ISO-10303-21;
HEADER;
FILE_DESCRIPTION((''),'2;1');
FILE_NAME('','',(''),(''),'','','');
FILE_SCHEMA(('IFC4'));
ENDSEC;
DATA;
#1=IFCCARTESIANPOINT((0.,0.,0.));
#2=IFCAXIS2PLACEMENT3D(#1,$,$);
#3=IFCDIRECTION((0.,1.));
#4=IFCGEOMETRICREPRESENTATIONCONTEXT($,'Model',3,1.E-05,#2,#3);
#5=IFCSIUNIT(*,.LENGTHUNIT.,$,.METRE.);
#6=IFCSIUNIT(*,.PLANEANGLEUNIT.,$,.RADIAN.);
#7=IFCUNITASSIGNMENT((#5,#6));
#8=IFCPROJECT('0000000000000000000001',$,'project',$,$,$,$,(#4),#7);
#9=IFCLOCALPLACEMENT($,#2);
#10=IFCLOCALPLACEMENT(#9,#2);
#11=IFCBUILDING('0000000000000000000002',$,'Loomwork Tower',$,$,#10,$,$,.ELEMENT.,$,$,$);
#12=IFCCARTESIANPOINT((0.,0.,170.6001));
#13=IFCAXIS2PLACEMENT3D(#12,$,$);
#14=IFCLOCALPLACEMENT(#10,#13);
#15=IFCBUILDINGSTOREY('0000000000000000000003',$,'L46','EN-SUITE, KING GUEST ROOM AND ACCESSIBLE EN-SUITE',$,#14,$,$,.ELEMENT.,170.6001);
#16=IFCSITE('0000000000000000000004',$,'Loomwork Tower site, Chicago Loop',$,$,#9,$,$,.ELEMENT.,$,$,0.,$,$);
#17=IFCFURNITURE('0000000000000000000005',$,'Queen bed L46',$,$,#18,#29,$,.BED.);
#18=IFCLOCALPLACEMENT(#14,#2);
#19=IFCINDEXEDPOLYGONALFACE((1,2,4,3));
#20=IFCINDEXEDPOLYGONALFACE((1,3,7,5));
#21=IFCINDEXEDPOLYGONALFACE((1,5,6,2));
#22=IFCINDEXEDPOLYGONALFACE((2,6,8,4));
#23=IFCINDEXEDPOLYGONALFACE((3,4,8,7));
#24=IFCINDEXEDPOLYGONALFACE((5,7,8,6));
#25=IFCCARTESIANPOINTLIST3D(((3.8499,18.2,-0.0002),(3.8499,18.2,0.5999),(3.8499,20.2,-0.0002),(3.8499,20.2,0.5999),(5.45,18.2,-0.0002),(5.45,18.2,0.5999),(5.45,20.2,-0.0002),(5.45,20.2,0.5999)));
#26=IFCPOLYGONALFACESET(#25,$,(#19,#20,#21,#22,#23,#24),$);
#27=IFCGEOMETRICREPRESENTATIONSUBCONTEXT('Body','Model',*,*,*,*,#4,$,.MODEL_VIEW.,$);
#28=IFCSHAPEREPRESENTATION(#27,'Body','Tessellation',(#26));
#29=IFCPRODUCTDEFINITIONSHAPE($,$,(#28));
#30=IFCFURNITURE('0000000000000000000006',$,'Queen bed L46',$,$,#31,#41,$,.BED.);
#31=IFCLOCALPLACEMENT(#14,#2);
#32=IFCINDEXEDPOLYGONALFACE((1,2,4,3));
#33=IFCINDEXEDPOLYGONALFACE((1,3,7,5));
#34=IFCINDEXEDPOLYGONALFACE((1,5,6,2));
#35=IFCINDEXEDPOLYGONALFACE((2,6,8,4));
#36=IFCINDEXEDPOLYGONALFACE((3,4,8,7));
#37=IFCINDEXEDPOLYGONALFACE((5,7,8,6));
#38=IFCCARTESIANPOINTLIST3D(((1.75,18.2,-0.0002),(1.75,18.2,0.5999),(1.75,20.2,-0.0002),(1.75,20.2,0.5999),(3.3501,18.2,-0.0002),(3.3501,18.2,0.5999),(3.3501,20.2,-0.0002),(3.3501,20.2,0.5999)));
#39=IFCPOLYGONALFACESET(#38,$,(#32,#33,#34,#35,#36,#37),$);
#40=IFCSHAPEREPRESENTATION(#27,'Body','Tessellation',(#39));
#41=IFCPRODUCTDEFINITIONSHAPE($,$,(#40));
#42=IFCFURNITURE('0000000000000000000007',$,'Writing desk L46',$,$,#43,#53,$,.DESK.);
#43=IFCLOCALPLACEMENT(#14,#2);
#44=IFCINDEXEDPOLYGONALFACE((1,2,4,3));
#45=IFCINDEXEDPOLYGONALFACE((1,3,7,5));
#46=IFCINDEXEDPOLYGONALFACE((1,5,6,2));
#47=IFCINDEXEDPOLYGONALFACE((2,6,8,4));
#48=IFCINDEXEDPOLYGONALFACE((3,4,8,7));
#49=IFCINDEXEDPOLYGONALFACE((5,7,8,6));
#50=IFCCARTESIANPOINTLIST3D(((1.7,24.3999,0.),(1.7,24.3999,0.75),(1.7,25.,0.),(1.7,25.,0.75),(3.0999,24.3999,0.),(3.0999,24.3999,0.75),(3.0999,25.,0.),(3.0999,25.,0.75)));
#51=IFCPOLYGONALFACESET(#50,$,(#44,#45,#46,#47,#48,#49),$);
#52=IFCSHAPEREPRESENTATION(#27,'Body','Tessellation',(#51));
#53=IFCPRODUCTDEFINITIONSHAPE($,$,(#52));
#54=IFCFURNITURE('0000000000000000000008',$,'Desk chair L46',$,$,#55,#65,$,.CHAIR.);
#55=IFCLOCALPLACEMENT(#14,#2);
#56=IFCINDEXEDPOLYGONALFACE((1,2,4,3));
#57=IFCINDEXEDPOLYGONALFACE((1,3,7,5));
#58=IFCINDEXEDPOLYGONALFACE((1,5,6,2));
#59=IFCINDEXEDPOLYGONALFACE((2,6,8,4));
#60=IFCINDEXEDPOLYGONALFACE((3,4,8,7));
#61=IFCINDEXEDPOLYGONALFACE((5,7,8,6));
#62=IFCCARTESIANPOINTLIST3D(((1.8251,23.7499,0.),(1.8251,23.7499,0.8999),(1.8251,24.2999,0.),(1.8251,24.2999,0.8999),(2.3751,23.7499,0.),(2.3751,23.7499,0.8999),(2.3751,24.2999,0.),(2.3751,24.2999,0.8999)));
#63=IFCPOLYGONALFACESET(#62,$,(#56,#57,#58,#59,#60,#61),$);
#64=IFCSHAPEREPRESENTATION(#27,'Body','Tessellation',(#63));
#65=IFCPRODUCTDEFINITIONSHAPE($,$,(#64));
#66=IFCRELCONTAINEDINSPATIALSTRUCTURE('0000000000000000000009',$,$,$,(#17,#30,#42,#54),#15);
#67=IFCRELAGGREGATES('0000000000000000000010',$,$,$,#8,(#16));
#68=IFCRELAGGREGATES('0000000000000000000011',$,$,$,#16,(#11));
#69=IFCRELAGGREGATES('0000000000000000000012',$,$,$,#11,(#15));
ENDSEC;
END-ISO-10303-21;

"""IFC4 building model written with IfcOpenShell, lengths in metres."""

from ifc_helpers import new_model, si_unit, direction, frame, origin, origin_2d, place, context, subcontext, project, spatial, rectangle, extrude, element, save


model = new_model("IFC4")

# Units and contexts
model_context = context("Model", 3, precision=1e-05, world=origin(), true_north=direction((0.0, 1.0)))
body_context = subcontext(model_context, "Body", "Model", "MODEL_VIEW")
ifc_project = project(units=[si_unit("LENGTHUNIT", "METRE"), si_unit("PLANEANGLEUNIT", "RADIAN")], contexts=[model_context])

# Site, building, storey
site_placement = place(None, origin())
site = spatial("IfcSite", under=ifc_project, at=site_placement, Name="Loomwork Tower site, Chicago Loop", CompositionType="ELEMENT", RefElevation=0.0)
building_placement = place(site_placement, origin())
building = spatial("IfcBuilding", under=site, at=building_placement, Name="Loomwork Tower", CompositionType="ELEMENT")
storey_placement = place(building_placement, frame((0.0, 0.0, 170.6001)))
storey = spatial("IfcBuildingStorey", under=building, at=storey_placement, Name="L46", Description="EN-SUITE, KING GUEST ROOM AND ACCESSIBLE EN-SUITE", CompositionType="ELEMENT", Elevation=170.6001)

# Furniture
for number, where, z_axis, x_axis, name in (
    (1, (4.6499, 19.2, -0.0002), (0.0, 0.0, 1.0), (1.0, 0.0, 0.0), "Queen bed L46"),
    (2, (2.55, 19.2, -0.0002), (0.0, 0.0, 1.0), (1.0, 0.0, 0.0), "Queen bed L46"),
):
    element("IfcFurniture", number, at=place(storey_placement, frame(where, z_axis=z_axis, x_axis=x_axis)), inside=storey, Name=name, PredefinedType="BED", context=body_context, shape_type="SweptSolid", body=[
        extrude(rectangle(XDim=1.6001, YDim=2.0, at=origin_2d()), origin(), (0.0, 0.0, 1.0), 0.6001),
    ])
furniture_1_placement = place(storey_placement, frame((2.3999, 24.7, 0.0), z_axis=(0.0, 0.0, 1.0), x_axis=(1.0, 0.0, 0.0)))
element("IfcFurniture", 3, at=furniture_1_placement, inside=storey, Name="Writing desk L46", PredefinedType="DESK", context=body_context, shape_type="SweptSolid", body=[
    extrude(rectangle(XDim=1.3999, YDim=0.6001, at=origin_2d()), origin(), (0.0, 0.0, 1.0), 0.75),
])
furniture_2_placement = place(storey_placement, frame((2.1001, 24.0249, 0.0), z_axis=(0.0, 0.0, 1.0), x_axis=(1.0, 0.0, 0.0)))
element("IfcFurniture", 4, at=furniture_2_placement, inside=storey, Name="Desk chair L46", PredefinedType="CHAIR", context=body_context, shape_type="SweptSolid", body=[
    extrude(rectangle(XDim=0.55, YDim=0.55, at=origin_2d()), origin(), (0.0, 0.0, 1.0), 0.8999),
])

save(model, "model.ifc")
